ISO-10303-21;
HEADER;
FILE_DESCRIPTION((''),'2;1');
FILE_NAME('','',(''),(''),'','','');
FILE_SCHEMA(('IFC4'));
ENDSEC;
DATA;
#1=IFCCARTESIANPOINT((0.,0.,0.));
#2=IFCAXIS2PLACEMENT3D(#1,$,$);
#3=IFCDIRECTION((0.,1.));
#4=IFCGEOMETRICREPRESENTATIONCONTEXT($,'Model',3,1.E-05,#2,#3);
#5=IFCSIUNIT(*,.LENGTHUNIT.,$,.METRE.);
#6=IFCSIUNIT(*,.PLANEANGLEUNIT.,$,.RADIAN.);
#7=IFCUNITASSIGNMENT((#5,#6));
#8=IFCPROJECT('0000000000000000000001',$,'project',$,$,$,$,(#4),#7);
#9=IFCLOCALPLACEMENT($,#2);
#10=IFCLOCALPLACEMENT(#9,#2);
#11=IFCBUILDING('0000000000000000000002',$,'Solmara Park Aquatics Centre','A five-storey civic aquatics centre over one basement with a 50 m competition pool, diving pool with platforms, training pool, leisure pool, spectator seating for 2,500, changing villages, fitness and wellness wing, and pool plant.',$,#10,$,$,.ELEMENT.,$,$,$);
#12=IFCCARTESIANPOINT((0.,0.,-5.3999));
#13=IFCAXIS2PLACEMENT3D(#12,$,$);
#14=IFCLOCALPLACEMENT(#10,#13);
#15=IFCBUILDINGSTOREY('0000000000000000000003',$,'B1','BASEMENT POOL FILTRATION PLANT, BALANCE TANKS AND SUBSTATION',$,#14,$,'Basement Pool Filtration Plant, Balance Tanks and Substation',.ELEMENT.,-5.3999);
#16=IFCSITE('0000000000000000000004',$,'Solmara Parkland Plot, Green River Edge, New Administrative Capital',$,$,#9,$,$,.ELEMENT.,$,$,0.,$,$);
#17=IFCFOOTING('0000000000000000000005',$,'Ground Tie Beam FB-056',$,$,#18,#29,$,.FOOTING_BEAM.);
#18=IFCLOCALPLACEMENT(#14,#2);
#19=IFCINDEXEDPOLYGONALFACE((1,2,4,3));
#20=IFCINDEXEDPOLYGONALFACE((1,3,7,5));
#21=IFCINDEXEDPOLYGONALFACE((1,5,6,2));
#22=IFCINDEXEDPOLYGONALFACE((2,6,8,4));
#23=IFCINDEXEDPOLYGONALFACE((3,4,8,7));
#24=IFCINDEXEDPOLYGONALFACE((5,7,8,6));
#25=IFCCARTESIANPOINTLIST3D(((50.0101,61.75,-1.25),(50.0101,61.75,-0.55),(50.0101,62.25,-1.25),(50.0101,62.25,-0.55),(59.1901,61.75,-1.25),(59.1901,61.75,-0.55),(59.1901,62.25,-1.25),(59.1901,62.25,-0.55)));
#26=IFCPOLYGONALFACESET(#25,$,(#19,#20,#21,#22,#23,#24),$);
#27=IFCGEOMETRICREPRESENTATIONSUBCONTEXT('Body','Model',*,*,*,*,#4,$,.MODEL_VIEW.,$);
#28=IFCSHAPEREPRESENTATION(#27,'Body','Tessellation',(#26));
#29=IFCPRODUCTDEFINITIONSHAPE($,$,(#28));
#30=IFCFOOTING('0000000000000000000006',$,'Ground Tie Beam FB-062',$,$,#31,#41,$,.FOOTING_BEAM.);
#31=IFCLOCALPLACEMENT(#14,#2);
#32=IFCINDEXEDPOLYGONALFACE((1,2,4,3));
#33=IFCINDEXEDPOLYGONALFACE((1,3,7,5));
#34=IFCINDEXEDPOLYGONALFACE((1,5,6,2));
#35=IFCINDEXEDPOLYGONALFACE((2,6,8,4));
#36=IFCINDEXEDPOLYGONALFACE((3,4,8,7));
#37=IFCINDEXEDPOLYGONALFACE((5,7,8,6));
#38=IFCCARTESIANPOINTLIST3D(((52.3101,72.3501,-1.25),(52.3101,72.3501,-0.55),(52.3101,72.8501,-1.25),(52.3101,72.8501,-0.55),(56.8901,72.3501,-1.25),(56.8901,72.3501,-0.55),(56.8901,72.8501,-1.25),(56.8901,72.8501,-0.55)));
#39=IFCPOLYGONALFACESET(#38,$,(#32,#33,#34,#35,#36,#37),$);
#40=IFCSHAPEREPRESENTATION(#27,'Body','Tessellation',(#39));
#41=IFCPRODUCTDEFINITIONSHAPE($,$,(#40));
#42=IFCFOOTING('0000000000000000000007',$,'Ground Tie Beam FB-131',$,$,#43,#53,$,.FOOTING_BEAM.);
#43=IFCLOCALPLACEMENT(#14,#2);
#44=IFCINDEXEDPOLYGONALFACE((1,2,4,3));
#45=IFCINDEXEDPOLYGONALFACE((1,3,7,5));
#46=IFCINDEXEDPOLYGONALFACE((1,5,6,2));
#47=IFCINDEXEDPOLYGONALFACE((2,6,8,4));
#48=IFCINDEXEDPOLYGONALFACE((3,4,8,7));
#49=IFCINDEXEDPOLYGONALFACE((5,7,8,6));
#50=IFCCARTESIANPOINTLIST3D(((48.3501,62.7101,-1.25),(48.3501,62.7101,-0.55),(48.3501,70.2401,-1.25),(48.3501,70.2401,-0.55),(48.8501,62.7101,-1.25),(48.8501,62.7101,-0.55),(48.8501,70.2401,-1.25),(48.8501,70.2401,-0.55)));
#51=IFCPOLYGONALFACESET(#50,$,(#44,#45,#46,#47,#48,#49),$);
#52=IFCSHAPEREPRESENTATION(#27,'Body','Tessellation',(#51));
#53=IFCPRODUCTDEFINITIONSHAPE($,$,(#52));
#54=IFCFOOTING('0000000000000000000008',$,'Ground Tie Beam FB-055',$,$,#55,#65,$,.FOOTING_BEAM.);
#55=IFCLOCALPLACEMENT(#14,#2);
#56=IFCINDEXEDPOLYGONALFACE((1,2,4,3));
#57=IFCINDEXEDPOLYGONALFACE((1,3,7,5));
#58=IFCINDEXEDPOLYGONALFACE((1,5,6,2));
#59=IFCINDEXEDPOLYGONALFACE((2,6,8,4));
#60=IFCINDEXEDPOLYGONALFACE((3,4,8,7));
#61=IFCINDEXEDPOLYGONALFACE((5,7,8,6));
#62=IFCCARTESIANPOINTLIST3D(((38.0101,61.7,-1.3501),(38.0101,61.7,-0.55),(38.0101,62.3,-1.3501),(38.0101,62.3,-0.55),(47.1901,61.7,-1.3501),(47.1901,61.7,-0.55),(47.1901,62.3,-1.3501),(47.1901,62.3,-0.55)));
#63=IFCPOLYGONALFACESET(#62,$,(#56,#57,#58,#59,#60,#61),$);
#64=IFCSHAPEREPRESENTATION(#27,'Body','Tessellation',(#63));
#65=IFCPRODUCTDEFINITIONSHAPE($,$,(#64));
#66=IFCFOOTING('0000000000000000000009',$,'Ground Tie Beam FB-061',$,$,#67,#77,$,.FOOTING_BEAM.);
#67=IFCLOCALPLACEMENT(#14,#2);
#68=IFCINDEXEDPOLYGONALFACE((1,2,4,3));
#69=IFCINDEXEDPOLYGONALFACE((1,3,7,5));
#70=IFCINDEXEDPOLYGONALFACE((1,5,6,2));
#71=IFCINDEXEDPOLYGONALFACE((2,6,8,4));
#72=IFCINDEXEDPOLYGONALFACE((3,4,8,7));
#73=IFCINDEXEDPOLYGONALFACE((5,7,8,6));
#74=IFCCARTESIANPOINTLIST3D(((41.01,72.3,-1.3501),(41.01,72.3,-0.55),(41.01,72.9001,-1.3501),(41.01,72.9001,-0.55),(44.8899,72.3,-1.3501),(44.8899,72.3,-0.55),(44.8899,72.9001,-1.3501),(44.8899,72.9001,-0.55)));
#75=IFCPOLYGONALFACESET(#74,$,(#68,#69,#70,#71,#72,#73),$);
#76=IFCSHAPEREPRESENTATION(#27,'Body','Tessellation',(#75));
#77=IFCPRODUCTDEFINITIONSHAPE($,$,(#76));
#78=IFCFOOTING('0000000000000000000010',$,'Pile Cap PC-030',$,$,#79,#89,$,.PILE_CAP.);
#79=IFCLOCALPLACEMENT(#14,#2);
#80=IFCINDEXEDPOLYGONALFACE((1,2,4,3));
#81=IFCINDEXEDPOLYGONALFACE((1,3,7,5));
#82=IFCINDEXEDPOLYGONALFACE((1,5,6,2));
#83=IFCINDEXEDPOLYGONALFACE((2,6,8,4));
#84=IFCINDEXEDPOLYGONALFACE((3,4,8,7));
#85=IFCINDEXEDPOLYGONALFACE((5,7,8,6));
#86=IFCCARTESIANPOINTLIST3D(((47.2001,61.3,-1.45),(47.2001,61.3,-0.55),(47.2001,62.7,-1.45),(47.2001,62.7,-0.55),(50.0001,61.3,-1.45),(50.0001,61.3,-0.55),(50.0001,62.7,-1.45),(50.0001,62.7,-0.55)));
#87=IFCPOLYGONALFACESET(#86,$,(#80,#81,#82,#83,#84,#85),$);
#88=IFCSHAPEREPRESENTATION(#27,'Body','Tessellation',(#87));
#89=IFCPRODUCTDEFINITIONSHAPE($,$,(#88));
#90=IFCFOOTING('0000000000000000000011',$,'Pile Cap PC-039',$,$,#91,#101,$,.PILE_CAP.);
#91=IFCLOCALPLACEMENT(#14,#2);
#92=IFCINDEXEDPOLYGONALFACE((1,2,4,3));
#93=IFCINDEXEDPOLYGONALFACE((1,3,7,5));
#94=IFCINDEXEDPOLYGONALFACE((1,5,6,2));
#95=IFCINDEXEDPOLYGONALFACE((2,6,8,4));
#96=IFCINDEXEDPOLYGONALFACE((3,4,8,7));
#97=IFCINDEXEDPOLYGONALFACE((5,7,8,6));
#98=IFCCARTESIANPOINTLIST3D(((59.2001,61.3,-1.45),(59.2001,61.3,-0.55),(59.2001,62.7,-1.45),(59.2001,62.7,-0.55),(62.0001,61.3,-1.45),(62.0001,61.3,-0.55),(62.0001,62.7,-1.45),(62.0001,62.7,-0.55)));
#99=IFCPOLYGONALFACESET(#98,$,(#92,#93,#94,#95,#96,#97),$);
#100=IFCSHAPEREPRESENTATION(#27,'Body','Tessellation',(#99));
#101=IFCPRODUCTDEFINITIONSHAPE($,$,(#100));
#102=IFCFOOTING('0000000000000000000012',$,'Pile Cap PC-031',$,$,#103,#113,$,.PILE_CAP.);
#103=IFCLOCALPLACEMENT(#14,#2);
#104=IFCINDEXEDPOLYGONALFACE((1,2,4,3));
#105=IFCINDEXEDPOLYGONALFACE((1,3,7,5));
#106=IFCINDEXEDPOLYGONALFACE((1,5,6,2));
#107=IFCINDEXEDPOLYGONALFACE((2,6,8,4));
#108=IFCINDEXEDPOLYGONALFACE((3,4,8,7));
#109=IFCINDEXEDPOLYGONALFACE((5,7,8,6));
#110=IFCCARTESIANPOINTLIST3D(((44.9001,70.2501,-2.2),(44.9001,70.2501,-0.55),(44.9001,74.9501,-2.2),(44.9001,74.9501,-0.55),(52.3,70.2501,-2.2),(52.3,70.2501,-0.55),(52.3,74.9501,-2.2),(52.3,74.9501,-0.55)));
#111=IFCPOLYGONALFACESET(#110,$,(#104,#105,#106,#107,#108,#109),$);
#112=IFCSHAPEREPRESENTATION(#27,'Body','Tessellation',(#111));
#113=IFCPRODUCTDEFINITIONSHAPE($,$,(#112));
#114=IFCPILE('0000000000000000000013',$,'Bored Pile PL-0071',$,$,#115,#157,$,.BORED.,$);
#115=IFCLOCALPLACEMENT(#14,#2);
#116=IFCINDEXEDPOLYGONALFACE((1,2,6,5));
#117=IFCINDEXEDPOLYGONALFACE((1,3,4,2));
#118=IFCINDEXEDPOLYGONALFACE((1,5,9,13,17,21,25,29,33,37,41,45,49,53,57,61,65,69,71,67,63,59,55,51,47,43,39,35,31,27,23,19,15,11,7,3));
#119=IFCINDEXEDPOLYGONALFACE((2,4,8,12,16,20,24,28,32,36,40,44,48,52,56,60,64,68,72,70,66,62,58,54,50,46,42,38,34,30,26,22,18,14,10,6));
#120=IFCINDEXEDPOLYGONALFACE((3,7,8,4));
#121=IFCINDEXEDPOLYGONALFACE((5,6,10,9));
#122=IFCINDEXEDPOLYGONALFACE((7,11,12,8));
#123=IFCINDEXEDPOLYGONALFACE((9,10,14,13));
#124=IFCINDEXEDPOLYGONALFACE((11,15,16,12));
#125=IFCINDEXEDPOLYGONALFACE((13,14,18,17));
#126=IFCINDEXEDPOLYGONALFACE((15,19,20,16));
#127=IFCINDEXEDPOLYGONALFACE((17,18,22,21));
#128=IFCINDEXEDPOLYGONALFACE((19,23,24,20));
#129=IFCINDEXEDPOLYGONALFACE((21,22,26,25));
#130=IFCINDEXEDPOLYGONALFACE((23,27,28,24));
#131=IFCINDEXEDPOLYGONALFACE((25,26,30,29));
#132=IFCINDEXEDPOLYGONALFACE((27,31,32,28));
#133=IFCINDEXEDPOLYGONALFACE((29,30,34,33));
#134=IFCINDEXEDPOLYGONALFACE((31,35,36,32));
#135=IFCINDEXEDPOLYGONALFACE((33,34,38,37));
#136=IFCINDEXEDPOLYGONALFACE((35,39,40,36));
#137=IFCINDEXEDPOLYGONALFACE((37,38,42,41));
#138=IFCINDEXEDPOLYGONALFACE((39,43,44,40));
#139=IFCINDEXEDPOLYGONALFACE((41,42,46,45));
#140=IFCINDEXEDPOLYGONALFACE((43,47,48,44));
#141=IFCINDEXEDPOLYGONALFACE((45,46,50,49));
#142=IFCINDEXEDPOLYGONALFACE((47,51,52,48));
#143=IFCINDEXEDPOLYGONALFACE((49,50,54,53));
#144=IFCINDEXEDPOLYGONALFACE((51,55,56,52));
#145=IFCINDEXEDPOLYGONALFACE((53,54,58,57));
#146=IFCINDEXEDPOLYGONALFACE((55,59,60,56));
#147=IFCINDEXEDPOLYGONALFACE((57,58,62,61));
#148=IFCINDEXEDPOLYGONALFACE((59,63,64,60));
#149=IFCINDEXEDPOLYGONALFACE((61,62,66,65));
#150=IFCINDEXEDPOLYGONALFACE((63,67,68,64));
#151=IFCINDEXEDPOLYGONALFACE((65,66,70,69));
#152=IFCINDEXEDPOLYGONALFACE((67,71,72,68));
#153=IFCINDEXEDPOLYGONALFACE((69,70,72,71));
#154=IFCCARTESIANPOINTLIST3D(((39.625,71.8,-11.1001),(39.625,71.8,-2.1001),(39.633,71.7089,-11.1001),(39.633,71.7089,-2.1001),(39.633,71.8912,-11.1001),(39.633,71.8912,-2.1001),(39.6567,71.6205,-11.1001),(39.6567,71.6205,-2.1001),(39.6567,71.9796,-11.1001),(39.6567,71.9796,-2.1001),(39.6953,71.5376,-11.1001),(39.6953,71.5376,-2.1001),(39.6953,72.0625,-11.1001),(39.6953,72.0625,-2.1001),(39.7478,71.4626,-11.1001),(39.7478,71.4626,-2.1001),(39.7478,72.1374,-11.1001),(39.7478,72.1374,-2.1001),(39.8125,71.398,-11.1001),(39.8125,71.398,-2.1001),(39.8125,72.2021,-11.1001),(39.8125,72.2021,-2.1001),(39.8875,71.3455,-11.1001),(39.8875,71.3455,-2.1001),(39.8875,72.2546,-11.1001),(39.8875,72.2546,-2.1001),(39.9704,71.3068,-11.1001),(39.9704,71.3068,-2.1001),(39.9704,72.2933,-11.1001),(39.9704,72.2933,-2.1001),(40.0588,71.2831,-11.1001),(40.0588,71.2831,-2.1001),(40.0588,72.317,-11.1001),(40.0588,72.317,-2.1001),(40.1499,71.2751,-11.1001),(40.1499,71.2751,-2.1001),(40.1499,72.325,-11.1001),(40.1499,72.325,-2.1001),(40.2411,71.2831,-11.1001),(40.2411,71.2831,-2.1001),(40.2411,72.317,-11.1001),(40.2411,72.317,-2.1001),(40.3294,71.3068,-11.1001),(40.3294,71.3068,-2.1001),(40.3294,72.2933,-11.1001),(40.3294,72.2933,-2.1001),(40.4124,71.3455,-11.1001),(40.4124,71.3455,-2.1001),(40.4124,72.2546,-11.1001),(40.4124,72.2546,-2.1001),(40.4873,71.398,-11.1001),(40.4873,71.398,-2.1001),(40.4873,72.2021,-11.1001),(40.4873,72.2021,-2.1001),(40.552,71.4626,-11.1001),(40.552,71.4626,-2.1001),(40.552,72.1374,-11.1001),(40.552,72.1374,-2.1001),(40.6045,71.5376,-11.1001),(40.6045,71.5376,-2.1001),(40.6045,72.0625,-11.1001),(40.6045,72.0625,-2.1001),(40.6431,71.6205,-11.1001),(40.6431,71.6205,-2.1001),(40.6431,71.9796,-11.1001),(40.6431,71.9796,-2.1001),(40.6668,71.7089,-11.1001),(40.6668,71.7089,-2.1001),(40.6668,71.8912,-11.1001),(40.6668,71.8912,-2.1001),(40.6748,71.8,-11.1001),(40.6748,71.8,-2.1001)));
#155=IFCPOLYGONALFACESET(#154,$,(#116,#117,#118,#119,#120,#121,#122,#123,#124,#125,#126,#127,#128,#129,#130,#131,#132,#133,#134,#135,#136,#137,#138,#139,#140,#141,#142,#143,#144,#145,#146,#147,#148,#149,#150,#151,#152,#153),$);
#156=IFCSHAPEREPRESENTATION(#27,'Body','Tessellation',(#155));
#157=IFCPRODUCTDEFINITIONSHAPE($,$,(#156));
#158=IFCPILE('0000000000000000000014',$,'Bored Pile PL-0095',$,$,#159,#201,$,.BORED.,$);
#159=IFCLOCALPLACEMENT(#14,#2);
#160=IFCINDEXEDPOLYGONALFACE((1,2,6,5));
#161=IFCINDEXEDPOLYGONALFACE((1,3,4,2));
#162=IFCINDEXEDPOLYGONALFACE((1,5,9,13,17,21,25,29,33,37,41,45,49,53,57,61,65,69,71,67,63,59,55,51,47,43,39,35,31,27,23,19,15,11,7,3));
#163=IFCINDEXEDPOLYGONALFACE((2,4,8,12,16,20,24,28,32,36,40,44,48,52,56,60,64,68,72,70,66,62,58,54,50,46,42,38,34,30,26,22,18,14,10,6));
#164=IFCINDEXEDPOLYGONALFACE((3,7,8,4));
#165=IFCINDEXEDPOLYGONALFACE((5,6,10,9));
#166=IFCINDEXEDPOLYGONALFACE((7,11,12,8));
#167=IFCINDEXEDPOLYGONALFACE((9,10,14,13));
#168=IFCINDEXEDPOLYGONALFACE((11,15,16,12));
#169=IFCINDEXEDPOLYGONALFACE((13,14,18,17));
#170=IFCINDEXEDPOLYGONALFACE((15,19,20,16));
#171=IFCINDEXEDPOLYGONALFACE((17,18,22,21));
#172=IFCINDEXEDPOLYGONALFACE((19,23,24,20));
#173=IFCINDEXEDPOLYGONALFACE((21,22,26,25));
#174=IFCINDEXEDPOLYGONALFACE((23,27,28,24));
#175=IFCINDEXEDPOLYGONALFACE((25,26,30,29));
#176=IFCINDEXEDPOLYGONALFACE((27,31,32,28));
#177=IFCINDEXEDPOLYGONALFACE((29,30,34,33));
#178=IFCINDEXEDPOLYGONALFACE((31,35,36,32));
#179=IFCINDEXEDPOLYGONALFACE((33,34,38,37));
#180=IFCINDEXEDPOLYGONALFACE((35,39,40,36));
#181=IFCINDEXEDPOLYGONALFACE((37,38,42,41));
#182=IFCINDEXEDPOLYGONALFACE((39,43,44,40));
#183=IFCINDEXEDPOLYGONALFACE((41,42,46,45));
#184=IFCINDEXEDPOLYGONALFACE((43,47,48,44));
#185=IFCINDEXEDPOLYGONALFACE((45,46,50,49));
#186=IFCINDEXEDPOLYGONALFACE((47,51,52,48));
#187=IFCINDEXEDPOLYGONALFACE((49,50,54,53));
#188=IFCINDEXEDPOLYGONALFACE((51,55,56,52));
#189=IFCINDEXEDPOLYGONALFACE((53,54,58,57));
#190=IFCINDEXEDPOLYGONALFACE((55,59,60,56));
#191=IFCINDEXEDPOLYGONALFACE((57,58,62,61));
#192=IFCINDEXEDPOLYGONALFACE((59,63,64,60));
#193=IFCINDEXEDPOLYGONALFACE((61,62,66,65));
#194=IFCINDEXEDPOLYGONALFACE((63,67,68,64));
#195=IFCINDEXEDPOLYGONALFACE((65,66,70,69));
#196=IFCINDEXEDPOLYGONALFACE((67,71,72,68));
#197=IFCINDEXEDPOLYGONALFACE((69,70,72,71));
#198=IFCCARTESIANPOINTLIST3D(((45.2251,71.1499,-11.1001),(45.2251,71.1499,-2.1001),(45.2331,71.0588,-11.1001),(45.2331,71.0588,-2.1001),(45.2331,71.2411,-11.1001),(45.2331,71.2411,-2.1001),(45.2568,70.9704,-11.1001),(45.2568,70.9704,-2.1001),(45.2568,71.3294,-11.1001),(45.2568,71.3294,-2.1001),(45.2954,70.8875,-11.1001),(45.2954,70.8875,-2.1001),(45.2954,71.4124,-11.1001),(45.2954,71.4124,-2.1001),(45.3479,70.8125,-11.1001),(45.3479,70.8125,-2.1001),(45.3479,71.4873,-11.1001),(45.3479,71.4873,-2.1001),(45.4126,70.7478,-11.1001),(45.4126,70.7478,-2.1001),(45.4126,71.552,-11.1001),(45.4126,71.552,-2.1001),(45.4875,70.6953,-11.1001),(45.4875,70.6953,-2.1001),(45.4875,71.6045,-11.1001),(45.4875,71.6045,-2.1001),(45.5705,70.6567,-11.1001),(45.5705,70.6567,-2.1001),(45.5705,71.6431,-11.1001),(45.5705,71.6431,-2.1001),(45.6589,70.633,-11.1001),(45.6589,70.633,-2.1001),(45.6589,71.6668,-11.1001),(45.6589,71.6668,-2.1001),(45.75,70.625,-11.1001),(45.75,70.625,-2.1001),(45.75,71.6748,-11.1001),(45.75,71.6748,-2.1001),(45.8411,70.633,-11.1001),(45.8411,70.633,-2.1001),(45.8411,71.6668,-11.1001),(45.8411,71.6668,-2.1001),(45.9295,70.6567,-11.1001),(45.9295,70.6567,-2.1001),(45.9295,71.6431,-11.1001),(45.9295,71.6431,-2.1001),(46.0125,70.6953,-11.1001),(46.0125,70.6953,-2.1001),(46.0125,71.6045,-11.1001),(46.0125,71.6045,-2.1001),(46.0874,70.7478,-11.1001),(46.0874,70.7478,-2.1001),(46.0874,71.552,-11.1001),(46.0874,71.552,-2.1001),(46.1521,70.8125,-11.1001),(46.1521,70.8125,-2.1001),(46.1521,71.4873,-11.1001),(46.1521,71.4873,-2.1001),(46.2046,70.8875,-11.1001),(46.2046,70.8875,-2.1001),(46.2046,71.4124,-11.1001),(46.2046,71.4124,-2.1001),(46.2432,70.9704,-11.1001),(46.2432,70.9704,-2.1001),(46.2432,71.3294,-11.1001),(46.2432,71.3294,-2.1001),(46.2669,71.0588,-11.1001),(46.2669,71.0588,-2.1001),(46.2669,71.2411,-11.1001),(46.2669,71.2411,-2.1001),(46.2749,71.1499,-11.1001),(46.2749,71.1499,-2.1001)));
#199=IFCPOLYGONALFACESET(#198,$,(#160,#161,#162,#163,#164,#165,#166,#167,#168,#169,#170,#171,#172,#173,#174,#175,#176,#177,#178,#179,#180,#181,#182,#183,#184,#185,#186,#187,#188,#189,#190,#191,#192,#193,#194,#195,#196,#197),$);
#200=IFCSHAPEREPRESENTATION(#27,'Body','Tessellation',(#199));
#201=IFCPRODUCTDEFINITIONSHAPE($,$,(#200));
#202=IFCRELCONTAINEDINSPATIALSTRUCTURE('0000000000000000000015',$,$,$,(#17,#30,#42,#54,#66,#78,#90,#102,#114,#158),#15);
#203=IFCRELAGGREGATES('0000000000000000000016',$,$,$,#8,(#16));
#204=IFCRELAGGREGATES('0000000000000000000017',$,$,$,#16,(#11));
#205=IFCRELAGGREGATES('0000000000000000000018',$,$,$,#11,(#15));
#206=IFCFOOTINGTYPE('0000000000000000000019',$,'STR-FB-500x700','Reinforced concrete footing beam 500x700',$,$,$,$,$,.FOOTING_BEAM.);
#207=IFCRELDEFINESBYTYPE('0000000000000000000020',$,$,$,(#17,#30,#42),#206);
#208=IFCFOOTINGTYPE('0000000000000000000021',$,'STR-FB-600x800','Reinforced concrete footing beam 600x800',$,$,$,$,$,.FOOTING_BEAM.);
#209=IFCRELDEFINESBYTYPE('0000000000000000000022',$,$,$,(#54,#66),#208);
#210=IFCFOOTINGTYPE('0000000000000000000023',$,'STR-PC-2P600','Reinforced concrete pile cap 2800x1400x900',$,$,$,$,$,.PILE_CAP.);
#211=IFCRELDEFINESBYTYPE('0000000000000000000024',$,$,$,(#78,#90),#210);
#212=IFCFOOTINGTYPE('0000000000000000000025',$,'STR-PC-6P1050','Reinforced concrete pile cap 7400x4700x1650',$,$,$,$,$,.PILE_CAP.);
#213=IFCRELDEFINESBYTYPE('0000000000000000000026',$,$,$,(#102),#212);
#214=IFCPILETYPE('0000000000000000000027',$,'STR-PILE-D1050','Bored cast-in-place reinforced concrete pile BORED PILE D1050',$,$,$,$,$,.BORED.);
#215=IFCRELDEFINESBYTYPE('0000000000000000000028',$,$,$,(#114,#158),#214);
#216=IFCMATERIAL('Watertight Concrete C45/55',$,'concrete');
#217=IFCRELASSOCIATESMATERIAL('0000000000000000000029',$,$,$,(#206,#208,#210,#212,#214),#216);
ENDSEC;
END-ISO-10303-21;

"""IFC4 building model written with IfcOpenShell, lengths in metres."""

from ifc_helpers import new_model, si_unit, direction, frame, origin, origin_2d, place, context, subcontext, project, spatial, rectangle, circle, extrude, material, material_profile, profile_set, type_object, element, save


model = new_model("IFC4")

# Units and contexts
model_context = context("Model", 3, precision=1e-05, world=origin(), true_north=direction((0.0, 1.0)))
body_context = subcontext(model_context, "Body", "Model", "MODEL_VIEW")
ifc_project = project(units=[si_unit("LENGTHUNIT", "METRE"), si_unit("PLANEANGLEUNIT", "RADIAN")], contexts=[model_context])

# Site, building, storey
site_placement = place(None, origin())
site = spatial("IfcSite", under=ifc_project, at=site_placement, Name="Solmara Parkland Plot, Green River Edge, New Administrative Capital", CompositionType="ELEMENT", RefElevation=0.0)
building_placement = place(site_placement, origin())
building = spatial("IfcBuilding", under=site, at=building_placement, Name="Solmara Park Aquatics Centre", Description="A five-storey civic aquatics centre over one basement with a 50 m competition pool, diving pool with platforms, training pool, leisure pool, spectator seating for 2,500, changing villages, fitness and wellness wing, and pool plant.", CompositionType="ELEMENT")
storey_placement = place(building_placement, frame((0.0, 0.0, -5.3999)))
storey = spatial("IfcBuildingStorey", under=building, at=storey_placement, Name="B1", Description="BASEMENT POOL FILTRATION PLANT, BALANCE TANKS AND SUBSTATION", LongName="Basement Pool Filtration Plant, Balance Tanks and Substation", CompositionType="ELEMENT", Elevation=-5.3999)

# Footings
ifc_material_1 = material(Name="Watertight Concrete C45/55", Category="concrete")
footing_type_1 = type_object("IfcFootingType", Name="STR-FB-500x700", Description="Reinforced concrete footing beam 500x700", PredefinedType="FOOTING_BEAM", material=ifc_material_1)
footing_1_placement = place(storey_placement, frame((54.6001, 62.0, -1.25), z_axis=(0.0, 0.0, 1.0), x_axis=(1.0, 0.0, 0.0)))
element("IfcFooting", 1, at=footing_1_placement, inside=storey, type_object=footing_type_1, Name="Ground Tie Beam FB-056", PredefinedType="FOOTING_BEAM", context=body_context, shape_type="SweptSolid", body=[
    extrude(rectangle(XDim=9.1799, YDim=0.5, at=origin_2d()), origin(), (0.0, 0.0, 1.0), 0.7),
])
footing_2_placement = place(storey_placement, frame((54.6001, 72.6001, -1.25), z_axis=(0.0, 0.0, 1.0), x_axis=(1.0, 0.0, 0.0)))
element("IfcFooting", 2, at=footing_2_placement, inside=storey, type_object=footing_type_1, Name="Ground Tie Beam FB-062", PredefinedType="FOOTING_BEAM", context=body_context, shape_type="SweptSolid", body=[
    extrude(rectangle(XDim=4.5801, YDim=0.5, at=origin_2d()), origin(), (0.0, 0.0, 1.0), 0.7),
])
footing_3_placement = place(storey_placement, frame((48.6001, 66.4751, -1.25), z_axis=(0.0, 0.0, 1.0), x_axis=(1.0, 0.0, 0.0)))
element("IfcFooting", 3, at=footing_3_placement, inside=storey, type_object=footing_type_1, Name="Ground Tie Beam FB-131", PredefinedType="FOOTING_BEAM", context=body_context, shape_type="SweptSolid", body=[
    extrude(rectangle(XDim=0.5, YDim=7.53, at=origin_2d()), origin(), (0.0, 0.0, 1.0), 0.7),
])
footing_type_2 = type_object("IfcFootingType", Name="STR-FB-600x800", Description="Reinforced concrete footing beam 600x800", PredefinedType="FOOTING_BEAM", material=ifc_material_1)
footing_4_placement = place(storey_placement, frame((42.6001, 62.0, -1.3501), z_axis=(0.0, 0.0, 1.0), x_axis=(1.0, 0.0, 0.0)))
element("IfcFooting", 4, at=footing_4_placement, inside=storey, type_object=footing_type_2, Name="Ground Tie Beam FB-055", PredefinedType="FOOTING_BEAM", context=body_context, shape_type="SweptSolid", body=[
    extrude(rectangle(XDim=9.1799, YDim=0.6001, at=origin_2d()), origin(), (0.0, 0.0, 1.0), 0.8),
])
footing_5_placement = place(storey_placement, frame((42.95, 72.6001, -1.3501), z_axis=(0.0, 0.0, 1.0), x_axis=(1.0, 0.0, 0.0)))
element("IfcFooting", 5, at=footing_5_placement, inside=storey, type_object=footing_type_2, Name="Ground Tie Beam FB-061", PredefinedType="FOOTING_BEAM", context=body_context, shape_type="SweptSolid", body=[
    extrude(rectangle(XDim=3.8799, YDim=0.6001, at=origin_2d()), origin(), (0.0, 0.0, 1.0), 0.8),
])
footing_type_3 = type_object("IfcFootingType", Name="STR-PC-2P600", Description="Reinforced concrete pile cap 2800x1400x900", PredefinedType="PILE_CAP", material=ifc_material_1)
for number, where, z_axis, x_axis, name in (
    (6, (48.6001, 62.0, -1.45), (0.0, 0.0, 1.0), (1.0, 0.0, 0.0), "Pile Cap PC-030"),
    (7, (60.6001, 62.0, -1.45), (0.0, 0.0, 1.0), (1.0, 0.0, 0.0), "Pile Cap PC-039"),
):
    element("IfcFooting", number, at=place(storey_placement, frame(where, z_axis=z_axis, x_axis=x_axis)), inside=storey, type_object=footing_type_3, Name=name, PredefinedType="PILE_CAP", context=body_context, shape_type="SweptSolid", body=[
        extrude(rectangle(XDim=2.8, YDim=1.3999, at=origin_2d()), origin(), (0.0, 0.0, 1.0), 0.8999),
    ])
footing_type_4 = type_object("IfcFootingType", Name="STR-PC-6P1050", Description="Reinforced concrete pile cap 7400x4700x1650", PredefinedType="PILE_CAP", material=ifc_material_1)
footing_6_placement = place(storey_placement, frame((48.6001, 72.6001, -2.2), z_axis=(0.0, 0.0, 1.0), x_axis=(1.0, 0.0, 0.0)))
element("IfcFooting", 8, at=footing_6_placement, inside=storey, type_object=footing_type_4, Name="Pile Cap PC-031", PredefinedType="PILE_CAP", context=body_context, shape_type="SweptSolid", body=[
    extrude(rectangle(XDim=7.3999, YDim=4.7, at=origin_2d()), origin(), (0.0, 0.0, 1.0), 1.6499),
])

# Piles
ifc_material_profile_1 = material_profile(ifc_material_1, circle(Radius=0.5249, at=origin_2d()), Name="BORED PILE D1050")
ifc_profile_set_1 = profile_set([ifc_material_profile_1], Name="Watertight Concrete C45/55")
pile_type_1 = type_object("IfcPileType", Name="STR-PILE-D1050", Description="Bored cast-in-place reinforced concrete pile BORED PILE D1050", PredefinedType="BORED", material=ifc_profile_set_1)
for number, where, z_axis, x_axis, name in (
    (9, (40.1499, 71.8, -2.1001), (0.0, 0.0, -1.0), (1.0, 0.0, 0.0), "Bored Pile PL-0071"),
    (10, (45.75, 71.1499, -2.1001), (0.0, 0.0, -1.0), (1.0, 0.0, 0.0), "Bored Pile PL-0095"),
):
    element("IfcPile", number, at=place(storey_placement, frame(where, z_axis=z_axis, x_axis=x_axis)), inside=storey, type_object=pile_type_1, Name=name, PredefinedType="BORED", context=body_context, shape_type="SweptSolid", body=[
        extrude(circle(Radius=0.5249, at=origin_2d()), origin(), (0.0, 0.0, 1.0), 9.0),
    ])

save(model, "model.ifc")
